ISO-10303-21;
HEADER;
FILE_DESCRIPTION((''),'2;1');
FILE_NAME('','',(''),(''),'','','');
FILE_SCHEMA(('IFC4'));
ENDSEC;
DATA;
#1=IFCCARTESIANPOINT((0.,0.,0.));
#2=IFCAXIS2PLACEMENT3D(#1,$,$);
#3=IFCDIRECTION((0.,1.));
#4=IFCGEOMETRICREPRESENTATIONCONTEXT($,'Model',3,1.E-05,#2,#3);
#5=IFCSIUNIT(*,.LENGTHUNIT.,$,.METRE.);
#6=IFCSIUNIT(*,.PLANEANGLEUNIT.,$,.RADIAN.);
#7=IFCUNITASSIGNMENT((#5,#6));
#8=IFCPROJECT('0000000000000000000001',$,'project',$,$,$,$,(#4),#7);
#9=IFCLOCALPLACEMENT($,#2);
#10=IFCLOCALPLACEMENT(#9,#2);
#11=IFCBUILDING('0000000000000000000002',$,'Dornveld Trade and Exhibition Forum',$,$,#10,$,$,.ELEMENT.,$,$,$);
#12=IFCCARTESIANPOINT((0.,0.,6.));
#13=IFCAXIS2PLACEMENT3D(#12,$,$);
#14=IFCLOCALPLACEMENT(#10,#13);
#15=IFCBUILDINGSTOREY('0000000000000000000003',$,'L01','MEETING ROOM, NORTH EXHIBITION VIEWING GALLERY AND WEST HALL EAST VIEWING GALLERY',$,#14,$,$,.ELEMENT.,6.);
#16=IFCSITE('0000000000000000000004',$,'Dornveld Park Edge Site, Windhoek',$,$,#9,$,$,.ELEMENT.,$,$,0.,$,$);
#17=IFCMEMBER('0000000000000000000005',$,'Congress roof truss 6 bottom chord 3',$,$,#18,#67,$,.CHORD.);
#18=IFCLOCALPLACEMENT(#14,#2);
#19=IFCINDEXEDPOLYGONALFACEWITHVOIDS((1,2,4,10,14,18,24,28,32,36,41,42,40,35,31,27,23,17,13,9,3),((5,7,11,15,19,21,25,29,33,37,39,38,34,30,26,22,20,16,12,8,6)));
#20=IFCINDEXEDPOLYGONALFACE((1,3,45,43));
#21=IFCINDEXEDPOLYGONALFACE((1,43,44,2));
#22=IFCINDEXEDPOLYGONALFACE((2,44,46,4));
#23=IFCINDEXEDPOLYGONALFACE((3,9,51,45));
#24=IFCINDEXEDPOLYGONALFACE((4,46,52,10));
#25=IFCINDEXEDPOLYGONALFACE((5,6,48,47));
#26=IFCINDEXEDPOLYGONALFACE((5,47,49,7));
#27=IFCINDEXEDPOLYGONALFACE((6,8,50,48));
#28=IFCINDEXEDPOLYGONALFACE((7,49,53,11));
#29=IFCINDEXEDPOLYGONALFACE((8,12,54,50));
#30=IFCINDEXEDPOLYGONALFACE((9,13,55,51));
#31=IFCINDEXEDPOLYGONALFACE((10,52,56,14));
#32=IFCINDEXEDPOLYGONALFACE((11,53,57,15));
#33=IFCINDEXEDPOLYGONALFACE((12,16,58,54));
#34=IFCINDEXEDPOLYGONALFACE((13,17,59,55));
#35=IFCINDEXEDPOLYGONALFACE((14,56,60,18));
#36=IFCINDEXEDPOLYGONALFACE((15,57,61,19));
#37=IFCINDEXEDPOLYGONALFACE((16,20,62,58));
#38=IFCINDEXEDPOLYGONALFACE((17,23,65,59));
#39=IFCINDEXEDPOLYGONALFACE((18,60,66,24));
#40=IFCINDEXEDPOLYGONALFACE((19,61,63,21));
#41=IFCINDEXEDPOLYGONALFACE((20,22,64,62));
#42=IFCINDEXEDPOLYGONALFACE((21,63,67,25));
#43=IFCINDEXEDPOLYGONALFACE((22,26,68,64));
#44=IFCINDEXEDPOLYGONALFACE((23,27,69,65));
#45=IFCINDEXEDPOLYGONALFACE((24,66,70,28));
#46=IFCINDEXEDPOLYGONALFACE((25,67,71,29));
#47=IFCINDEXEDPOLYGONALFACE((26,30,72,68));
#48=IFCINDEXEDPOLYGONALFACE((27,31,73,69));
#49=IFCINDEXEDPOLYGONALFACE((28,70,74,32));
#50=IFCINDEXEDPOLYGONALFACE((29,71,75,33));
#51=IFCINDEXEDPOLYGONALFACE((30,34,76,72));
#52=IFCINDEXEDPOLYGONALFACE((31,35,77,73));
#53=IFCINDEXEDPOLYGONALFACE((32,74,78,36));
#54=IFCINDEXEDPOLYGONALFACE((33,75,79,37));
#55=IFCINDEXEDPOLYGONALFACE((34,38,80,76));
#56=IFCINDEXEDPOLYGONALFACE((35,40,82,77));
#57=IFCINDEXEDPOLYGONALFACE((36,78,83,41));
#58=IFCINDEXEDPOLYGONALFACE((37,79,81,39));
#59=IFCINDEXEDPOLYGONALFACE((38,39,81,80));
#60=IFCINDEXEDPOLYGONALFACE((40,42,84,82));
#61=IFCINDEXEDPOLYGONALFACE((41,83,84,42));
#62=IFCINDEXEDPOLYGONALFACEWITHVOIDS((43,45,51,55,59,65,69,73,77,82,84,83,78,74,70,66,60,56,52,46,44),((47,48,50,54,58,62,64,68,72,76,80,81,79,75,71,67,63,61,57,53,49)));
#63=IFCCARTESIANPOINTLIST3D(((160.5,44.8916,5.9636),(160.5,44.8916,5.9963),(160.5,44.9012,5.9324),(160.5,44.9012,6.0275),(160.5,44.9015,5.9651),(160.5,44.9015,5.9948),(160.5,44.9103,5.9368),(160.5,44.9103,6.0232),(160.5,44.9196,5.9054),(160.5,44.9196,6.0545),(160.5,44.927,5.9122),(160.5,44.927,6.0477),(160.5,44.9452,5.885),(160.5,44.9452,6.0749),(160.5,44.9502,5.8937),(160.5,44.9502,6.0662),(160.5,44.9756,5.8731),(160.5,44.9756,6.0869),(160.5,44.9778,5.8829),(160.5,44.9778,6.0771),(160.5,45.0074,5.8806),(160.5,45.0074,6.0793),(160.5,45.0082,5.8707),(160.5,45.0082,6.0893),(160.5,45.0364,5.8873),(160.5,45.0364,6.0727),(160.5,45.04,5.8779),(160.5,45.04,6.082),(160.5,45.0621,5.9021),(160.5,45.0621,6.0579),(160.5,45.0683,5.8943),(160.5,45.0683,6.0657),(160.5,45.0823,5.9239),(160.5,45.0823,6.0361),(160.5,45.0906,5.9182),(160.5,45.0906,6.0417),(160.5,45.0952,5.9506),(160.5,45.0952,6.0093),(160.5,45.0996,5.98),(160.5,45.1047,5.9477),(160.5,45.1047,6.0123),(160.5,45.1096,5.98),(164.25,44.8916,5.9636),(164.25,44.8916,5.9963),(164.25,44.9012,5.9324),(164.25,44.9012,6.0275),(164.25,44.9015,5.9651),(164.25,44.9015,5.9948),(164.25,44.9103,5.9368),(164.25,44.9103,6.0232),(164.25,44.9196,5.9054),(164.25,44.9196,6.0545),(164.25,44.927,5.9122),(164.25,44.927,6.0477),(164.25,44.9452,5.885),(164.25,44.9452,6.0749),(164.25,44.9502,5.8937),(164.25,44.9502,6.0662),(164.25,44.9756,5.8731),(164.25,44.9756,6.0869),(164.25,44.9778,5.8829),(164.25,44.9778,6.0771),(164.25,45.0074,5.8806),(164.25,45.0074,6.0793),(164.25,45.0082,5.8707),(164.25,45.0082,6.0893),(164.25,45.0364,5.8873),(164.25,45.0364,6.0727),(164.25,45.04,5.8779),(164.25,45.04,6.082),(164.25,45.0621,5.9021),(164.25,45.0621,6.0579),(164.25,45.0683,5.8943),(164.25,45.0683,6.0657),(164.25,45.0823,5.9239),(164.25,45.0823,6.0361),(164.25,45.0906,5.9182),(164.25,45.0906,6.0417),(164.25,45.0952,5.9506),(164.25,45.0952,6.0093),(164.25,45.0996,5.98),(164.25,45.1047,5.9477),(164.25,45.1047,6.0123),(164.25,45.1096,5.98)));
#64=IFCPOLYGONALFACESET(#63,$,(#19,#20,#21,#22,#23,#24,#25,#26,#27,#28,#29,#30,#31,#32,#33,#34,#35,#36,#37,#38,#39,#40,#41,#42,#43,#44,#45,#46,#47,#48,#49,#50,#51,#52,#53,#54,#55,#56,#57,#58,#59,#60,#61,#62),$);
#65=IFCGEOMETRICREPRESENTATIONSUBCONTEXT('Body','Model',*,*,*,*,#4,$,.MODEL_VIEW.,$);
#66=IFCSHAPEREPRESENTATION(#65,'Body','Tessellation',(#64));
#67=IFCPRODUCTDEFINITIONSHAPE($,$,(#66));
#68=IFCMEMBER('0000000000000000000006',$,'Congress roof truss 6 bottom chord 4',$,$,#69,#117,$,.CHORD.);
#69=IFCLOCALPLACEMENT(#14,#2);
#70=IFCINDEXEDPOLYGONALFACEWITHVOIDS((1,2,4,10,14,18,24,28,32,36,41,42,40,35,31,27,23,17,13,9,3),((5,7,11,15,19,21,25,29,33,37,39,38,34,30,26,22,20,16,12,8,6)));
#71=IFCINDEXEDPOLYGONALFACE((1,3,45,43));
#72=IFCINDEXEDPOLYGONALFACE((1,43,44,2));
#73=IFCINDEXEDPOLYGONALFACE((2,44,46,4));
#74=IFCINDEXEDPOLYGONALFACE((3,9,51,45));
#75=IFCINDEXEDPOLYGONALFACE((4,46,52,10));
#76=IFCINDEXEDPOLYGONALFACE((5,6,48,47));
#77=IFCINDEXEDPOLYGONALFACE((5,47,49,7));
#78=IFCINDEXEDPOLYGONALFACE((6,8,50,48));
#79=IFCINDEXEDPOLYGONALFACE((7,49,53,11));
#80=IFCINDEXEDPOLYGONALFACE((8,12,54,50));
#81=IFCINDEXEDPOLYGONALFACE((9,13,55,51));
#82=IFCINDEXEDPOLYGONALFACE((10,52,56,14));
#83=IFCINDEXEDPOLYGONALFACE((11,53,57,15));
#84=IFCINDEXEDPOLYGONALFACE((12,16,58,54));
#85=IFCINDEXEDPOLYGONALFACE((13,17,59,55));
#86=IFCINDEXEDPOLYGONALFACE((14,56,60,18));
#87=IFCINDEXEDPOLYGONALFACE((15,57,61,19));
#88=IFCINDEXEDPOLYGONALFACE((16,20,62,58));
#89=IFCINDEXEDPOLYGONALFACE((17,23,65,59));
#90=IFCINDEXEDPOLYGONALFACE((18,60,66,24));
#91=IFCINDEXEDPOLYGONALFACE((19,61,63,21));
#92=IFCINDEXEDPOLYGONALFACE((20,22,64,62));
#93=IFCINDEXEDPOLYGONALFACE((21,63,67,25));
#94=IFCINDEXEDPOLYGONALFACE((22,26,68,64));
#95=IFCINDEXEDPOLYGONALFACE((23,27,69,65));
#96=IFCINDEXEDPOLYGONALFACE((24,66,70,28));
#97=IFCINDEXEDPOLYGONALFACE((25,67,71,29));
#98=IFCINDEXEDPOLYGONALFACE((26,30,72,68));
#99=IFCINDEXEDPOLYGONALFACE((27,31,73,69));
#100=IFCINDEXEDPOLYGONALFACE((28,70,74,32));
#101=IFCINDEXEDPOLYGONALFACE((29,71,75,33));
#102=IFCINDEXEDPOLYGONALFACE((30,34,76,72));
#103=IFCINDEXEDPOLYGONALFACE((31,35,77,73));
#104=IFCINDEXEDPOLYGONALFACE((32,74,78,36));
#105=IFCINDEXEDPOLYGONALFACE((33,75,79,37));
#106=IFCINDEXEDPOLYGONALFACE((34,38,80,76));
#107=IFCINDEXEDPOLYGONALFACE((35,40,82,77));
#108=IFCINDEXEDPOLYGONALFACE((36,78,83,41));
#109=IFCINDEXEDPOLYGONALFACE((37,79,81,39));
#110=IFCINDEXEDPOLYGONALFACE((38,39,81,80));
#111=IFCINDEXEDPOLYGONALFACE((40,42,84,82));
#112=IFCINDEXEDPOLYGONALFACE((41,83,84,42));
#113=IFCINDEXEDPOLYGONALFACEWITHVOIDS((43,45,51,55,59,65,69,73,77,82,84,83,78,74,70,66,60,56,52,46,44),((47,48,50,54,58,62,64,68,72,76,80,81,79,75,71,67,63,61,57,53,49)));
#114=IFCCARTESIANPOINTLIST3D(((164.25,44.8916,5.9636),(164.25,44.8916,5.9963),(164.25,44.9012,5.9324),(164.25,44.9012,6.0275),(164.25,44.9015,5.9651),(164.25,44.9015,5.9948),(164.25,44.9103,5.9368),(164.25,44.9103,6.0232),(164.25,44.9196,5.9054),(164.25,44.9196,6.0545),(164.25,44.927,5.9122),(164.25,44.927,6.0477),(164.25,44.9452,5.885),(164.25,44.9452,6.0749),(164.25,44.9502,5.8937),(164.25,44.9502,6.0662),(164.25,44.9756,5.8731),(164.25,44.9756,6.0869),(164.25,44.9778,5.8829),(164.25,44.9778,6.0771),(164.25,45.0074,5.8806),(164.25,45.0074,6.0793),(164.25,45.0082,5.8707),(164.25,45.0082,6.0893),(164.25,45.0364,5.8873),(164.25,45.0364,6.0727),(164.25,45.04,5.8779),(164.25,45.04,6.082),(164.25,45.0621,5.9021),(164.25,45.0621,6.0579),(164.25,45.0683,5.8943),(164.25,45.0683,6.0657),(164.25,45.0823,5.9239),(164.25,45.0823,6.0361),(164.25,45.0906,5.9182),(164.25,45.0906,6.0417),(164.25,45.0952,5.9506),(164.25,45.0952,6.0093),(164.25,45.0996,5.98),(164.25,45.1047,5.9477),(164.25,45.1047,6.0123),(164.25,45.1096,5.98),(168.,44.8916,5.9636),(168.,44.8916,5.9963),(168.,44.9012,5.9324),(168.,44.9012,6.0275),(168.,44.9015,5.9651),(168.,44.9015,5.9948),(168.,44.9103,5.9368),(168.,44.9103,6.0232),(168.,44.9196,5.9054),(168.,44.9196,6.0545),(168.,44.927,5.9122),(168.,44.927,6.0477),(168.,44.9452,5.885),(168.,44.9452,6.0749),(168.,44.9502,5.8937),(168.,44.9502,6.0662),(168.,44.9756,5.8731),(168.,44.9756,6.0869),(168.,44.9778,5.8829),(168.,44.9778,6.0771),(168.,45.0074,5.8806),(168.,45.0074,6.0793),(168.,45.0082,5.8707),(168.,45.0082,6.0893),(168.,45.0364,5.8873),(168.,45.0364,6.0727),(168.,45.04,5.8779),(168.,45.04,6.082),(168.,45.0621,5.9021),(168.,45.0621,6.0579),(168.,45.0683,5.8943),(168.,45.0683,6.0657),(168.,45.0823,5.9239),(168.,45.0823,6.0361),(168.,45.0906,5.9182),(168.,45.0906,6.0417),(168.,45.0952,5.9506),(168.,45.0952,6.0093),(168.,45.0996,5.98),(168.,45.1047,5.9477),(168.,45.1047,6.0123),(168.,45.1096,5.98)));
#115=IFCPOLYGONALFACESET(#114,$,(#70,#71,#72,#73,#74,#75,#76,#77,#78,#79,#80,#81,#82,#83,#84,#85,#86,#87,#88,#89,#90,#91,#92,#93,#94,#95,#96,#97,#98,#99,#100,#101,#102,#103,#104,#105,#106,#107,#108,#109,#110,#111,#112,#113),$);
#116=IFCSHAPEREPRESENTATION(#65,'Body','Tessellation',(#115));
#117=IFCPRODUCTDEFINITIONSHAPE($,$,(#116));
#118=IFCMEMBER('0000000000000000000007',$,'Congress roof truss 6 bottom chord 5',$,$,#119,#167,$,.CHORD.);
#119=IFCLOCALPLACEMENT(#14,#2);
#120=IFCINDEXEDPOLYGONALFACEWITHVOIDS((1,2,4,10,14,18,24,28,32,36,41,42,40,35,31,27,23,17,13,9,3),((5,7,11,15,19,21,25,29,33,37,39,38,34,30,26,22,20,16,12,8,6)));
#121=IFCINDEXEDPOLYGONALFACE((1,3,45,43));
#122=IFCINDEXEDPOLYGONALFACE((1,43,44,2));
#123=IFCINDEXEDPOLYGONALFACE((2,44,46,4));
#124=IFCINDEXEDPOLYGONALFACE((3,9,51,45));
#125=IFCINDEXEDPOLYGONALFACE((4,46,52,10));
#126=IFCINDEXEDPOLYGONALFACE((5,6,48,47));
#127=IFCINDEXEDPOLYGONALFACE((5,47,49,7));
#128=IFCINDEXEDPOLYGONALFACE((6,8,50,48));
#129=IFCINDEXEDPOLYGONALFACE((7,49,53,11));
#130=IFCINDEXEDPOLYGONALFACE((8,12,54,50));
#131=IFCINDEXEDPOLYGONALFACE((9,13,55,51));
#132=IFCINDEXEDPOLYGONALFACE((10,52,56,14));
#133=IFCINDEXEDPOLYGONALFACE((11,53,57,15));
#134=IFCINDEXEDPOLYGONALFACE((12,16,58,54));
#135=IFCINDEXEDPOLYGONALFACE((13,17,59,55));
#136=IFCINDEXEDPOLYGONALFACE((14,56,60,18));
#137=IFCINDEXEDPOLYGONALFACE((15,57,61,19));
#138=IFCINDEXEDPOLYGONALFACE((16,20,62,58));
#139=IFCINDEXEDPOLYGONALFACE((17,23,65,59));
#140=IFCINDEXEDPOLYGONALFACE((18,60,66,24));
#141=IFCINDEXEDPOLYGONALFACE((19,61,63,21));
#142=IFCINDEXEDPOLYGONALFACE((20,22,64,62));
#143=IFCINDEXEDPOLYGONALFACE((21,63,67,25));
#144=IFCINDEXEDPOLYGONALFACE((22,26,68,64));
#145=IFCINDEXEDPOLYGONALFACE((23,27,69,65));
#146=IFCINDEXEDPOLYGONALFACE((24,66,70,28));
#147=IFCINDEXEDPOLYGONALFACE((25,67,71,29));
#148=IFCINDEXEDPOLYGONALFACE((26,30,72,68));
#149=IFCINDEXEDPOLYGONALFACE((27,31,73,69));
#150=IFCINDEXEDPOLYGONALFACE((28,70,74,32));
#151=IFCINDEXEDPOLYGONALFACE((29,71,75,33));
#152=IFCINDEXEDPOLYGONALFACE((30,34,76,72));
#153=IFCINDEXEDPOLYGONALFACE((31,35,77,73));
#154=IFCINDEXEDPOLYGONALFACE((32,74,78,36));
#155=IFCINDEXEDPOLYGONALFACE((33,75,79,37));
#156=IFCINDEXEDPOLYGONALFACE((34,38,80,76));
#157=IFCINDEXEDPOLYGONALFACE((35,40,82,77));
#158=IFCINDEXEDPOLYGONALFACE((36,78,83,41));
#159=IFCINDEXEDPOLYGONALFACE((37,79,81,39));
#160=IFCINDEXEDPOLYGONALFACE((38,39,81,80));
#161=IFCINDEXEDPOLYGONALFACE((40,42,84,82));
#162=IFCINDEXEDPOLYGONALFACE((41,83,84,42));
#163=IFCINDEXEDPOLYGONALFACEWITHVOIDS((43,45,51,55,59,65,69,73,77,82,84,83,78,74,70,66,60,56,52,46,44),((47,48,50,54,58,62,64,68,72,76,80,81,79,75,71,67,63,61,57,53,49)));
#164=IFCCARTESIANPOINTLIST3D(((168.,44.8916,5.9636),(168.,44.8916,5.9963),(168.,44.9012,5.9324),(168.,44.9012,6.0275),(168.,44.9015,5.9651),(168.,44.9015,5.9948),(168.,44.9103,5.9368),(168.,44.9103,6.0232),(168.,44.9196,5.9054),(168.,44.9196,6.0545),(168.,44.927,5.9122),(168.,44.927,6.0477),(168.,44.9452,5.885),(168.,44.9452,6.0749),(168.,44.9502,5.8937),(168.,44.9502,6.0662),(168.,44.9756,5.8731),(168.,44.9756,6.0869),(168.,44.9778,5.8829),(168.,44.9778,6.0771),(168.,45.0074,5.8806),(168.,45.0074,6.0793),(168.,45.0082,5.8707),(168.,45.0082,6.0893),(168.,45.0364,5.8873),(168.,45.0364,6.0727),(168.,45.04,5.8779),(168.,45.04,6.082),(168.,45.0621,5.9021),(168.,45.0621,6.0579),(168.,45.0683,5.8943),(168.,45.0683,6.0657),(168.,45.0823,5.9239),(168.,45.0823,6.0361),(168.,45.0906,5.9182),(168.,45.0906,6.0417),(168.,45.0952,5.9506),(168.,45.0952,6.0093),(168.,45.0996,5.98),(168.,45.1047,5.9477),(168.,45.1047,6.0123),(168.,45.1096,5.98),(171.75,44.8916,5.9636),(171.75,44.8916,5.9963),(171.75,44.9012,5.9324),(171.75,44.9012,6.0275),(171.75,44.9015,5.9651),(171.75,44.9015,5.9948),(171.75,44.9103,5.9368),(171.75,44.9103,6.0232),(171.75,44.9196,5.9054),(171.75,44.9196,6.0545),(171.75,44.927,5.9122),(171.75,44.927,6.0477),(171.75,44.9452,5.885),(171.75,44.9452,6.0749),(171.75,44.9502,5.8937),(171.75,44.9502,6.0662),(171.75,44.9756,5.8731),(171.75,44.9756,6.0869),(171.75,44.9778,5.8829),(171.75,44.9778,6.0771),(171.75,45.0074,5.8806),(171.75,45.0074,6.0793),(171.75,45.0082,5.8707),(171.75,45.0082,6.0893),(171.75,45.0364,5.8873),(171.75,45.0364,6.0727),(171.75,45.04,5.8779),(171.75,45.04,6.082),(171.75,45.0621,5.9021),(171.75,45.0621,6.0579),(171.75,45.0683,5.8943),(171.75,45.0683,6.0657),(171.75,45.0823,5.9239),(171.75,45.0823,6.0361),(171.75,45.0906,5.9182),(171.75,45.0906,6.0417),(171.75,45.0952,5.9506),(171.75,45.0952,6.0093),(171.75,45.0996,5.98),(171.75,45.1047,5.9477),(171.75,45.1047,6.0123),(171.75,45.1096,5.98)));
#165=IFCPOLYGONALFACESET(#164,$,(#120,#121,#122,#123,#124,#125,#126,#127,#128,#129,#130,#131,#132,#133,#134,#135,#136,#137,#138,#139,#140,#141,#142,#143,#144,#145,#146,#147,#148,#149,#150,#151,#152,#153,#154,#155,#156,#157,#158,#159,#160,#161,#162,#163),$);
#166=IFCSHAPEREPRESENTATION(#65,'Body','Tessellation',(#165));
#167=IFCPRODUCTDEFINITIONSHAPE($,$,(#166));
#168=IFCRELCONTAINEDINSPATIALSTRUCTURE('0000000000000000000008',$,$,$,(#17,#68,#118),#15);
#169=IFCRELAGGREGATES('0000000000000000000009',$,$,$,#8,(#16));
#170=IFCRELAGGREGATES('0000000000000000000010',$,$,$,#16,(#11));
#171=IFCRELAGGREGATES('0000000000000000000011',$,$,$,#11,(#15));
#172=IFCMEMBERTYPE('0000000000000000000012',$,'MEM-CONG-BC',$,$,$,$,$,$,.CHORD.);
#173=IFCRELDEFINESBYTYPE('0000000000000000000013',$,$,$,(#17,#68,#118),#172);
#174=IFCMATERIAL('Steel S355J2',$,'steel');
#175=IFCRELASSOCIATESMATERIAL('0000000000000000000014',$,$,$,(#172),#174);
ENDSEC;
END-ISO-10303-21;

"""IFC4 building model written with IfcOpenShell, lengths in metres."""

from ifc_helpers import new_model, si_unit, direction, frame, origin, origin_2d, place, context, subcontext, project, spatial, hollow_circle, extrude, material, material_profile, profile_set, type_object, element, save


model = new_model("IFC4")

# Units and contexts
model_context = context("Model", 3, precision=1e-05, world=origin(), true_north=direction((0.0, 1.0)))
body_context = subcontext(model_context, "Body", "Model", "MODEL_VIEW")
ifc_project = project(units=[si_unit("LENGTHUNIT", "METRE"), si_unit("PLANEANGLEUNIT", "RADIAN")], contexts=[model_context])

# Site, building, storey
site_placement = place(None, origin())
site = spatial("IfcSite", under=ifc_project, at=site_placement, Name="Dornveld Park Edge Site, Windhoek", CompositionType="ELEMENT", RefElevation=0.0)
building_placement = place(site_placement, origin())
building = spatial("IfcBuilding", under=site, at=building_placement, Name="Dornveld Trade and Exhibition Forum", CompositionType="ELEMENT")
storey_placement = place(building_placement, frame((0.0, 0.0, 6.0)))
storey = spatial("IfcBuildingStorey", under=building, at=storey_placement, Name="L01", Description="MEETING ROOM, NORTH EXHIBITION VIEWING GALLERY AND WEST HALL EAST VIEWING GALLERY", CompositionType="ELEMENT", Elevation=6.0)

# Members
ifc_material_1 = material(Name="Steel S355J2", Category="steel")
ifc_material_profile_1 = material_profile(ifc_material_1, hollow_circle(Radius=0.1096, WallThickness=0.01, at=origin_2d()), Name="CHS 219.1x10")
ifc_profile_set_1 = profile_set([ifc_material_profile_1], Name="Steel S355J2")
member_type_1 = type_object("IfcMemberType", Name="MEM-CONG-BC", PredefinedType="CHORD", material=ifc_profile_set_1)
for number, where, z_axis, x_axis, name in (
    (1, (160.5, 45.0, 5.98), (1.0, 0.0, 0.0), (0.0, 1.0, 0.0), "Congress roof truss 6 bottom chord 3"),
    (2, (164.25, 45.0, 5.98), (1.0, 0.0, 0.0), (0.0, 1.0, 0.0), "Congress roof truss 6 bottom chord 4"),
    (3, (168.0, 45.0, 5.98), (1.0, 0.0, 0.0), (0.0, 1.0, 0.0), "Congress roof truss 6 bottom chord 5"),
):
    element("IfcMember", number, at=place(storey_placement, frame(where, z_axis=z_axis, x_axis=x_axis)), inside=storey, type_object=member_type_1, Name=name, PredefinedType="CHORD", context=body_context, shape_type="SweptSolid", body=[
        extrude(hollow_circle(Radius=0.1096, WallThickness=0.01, at=origin_2d()), origin(), (0.0, 0.0, 1.0), 3.75),
    ])

save(model, "model.ifc")
